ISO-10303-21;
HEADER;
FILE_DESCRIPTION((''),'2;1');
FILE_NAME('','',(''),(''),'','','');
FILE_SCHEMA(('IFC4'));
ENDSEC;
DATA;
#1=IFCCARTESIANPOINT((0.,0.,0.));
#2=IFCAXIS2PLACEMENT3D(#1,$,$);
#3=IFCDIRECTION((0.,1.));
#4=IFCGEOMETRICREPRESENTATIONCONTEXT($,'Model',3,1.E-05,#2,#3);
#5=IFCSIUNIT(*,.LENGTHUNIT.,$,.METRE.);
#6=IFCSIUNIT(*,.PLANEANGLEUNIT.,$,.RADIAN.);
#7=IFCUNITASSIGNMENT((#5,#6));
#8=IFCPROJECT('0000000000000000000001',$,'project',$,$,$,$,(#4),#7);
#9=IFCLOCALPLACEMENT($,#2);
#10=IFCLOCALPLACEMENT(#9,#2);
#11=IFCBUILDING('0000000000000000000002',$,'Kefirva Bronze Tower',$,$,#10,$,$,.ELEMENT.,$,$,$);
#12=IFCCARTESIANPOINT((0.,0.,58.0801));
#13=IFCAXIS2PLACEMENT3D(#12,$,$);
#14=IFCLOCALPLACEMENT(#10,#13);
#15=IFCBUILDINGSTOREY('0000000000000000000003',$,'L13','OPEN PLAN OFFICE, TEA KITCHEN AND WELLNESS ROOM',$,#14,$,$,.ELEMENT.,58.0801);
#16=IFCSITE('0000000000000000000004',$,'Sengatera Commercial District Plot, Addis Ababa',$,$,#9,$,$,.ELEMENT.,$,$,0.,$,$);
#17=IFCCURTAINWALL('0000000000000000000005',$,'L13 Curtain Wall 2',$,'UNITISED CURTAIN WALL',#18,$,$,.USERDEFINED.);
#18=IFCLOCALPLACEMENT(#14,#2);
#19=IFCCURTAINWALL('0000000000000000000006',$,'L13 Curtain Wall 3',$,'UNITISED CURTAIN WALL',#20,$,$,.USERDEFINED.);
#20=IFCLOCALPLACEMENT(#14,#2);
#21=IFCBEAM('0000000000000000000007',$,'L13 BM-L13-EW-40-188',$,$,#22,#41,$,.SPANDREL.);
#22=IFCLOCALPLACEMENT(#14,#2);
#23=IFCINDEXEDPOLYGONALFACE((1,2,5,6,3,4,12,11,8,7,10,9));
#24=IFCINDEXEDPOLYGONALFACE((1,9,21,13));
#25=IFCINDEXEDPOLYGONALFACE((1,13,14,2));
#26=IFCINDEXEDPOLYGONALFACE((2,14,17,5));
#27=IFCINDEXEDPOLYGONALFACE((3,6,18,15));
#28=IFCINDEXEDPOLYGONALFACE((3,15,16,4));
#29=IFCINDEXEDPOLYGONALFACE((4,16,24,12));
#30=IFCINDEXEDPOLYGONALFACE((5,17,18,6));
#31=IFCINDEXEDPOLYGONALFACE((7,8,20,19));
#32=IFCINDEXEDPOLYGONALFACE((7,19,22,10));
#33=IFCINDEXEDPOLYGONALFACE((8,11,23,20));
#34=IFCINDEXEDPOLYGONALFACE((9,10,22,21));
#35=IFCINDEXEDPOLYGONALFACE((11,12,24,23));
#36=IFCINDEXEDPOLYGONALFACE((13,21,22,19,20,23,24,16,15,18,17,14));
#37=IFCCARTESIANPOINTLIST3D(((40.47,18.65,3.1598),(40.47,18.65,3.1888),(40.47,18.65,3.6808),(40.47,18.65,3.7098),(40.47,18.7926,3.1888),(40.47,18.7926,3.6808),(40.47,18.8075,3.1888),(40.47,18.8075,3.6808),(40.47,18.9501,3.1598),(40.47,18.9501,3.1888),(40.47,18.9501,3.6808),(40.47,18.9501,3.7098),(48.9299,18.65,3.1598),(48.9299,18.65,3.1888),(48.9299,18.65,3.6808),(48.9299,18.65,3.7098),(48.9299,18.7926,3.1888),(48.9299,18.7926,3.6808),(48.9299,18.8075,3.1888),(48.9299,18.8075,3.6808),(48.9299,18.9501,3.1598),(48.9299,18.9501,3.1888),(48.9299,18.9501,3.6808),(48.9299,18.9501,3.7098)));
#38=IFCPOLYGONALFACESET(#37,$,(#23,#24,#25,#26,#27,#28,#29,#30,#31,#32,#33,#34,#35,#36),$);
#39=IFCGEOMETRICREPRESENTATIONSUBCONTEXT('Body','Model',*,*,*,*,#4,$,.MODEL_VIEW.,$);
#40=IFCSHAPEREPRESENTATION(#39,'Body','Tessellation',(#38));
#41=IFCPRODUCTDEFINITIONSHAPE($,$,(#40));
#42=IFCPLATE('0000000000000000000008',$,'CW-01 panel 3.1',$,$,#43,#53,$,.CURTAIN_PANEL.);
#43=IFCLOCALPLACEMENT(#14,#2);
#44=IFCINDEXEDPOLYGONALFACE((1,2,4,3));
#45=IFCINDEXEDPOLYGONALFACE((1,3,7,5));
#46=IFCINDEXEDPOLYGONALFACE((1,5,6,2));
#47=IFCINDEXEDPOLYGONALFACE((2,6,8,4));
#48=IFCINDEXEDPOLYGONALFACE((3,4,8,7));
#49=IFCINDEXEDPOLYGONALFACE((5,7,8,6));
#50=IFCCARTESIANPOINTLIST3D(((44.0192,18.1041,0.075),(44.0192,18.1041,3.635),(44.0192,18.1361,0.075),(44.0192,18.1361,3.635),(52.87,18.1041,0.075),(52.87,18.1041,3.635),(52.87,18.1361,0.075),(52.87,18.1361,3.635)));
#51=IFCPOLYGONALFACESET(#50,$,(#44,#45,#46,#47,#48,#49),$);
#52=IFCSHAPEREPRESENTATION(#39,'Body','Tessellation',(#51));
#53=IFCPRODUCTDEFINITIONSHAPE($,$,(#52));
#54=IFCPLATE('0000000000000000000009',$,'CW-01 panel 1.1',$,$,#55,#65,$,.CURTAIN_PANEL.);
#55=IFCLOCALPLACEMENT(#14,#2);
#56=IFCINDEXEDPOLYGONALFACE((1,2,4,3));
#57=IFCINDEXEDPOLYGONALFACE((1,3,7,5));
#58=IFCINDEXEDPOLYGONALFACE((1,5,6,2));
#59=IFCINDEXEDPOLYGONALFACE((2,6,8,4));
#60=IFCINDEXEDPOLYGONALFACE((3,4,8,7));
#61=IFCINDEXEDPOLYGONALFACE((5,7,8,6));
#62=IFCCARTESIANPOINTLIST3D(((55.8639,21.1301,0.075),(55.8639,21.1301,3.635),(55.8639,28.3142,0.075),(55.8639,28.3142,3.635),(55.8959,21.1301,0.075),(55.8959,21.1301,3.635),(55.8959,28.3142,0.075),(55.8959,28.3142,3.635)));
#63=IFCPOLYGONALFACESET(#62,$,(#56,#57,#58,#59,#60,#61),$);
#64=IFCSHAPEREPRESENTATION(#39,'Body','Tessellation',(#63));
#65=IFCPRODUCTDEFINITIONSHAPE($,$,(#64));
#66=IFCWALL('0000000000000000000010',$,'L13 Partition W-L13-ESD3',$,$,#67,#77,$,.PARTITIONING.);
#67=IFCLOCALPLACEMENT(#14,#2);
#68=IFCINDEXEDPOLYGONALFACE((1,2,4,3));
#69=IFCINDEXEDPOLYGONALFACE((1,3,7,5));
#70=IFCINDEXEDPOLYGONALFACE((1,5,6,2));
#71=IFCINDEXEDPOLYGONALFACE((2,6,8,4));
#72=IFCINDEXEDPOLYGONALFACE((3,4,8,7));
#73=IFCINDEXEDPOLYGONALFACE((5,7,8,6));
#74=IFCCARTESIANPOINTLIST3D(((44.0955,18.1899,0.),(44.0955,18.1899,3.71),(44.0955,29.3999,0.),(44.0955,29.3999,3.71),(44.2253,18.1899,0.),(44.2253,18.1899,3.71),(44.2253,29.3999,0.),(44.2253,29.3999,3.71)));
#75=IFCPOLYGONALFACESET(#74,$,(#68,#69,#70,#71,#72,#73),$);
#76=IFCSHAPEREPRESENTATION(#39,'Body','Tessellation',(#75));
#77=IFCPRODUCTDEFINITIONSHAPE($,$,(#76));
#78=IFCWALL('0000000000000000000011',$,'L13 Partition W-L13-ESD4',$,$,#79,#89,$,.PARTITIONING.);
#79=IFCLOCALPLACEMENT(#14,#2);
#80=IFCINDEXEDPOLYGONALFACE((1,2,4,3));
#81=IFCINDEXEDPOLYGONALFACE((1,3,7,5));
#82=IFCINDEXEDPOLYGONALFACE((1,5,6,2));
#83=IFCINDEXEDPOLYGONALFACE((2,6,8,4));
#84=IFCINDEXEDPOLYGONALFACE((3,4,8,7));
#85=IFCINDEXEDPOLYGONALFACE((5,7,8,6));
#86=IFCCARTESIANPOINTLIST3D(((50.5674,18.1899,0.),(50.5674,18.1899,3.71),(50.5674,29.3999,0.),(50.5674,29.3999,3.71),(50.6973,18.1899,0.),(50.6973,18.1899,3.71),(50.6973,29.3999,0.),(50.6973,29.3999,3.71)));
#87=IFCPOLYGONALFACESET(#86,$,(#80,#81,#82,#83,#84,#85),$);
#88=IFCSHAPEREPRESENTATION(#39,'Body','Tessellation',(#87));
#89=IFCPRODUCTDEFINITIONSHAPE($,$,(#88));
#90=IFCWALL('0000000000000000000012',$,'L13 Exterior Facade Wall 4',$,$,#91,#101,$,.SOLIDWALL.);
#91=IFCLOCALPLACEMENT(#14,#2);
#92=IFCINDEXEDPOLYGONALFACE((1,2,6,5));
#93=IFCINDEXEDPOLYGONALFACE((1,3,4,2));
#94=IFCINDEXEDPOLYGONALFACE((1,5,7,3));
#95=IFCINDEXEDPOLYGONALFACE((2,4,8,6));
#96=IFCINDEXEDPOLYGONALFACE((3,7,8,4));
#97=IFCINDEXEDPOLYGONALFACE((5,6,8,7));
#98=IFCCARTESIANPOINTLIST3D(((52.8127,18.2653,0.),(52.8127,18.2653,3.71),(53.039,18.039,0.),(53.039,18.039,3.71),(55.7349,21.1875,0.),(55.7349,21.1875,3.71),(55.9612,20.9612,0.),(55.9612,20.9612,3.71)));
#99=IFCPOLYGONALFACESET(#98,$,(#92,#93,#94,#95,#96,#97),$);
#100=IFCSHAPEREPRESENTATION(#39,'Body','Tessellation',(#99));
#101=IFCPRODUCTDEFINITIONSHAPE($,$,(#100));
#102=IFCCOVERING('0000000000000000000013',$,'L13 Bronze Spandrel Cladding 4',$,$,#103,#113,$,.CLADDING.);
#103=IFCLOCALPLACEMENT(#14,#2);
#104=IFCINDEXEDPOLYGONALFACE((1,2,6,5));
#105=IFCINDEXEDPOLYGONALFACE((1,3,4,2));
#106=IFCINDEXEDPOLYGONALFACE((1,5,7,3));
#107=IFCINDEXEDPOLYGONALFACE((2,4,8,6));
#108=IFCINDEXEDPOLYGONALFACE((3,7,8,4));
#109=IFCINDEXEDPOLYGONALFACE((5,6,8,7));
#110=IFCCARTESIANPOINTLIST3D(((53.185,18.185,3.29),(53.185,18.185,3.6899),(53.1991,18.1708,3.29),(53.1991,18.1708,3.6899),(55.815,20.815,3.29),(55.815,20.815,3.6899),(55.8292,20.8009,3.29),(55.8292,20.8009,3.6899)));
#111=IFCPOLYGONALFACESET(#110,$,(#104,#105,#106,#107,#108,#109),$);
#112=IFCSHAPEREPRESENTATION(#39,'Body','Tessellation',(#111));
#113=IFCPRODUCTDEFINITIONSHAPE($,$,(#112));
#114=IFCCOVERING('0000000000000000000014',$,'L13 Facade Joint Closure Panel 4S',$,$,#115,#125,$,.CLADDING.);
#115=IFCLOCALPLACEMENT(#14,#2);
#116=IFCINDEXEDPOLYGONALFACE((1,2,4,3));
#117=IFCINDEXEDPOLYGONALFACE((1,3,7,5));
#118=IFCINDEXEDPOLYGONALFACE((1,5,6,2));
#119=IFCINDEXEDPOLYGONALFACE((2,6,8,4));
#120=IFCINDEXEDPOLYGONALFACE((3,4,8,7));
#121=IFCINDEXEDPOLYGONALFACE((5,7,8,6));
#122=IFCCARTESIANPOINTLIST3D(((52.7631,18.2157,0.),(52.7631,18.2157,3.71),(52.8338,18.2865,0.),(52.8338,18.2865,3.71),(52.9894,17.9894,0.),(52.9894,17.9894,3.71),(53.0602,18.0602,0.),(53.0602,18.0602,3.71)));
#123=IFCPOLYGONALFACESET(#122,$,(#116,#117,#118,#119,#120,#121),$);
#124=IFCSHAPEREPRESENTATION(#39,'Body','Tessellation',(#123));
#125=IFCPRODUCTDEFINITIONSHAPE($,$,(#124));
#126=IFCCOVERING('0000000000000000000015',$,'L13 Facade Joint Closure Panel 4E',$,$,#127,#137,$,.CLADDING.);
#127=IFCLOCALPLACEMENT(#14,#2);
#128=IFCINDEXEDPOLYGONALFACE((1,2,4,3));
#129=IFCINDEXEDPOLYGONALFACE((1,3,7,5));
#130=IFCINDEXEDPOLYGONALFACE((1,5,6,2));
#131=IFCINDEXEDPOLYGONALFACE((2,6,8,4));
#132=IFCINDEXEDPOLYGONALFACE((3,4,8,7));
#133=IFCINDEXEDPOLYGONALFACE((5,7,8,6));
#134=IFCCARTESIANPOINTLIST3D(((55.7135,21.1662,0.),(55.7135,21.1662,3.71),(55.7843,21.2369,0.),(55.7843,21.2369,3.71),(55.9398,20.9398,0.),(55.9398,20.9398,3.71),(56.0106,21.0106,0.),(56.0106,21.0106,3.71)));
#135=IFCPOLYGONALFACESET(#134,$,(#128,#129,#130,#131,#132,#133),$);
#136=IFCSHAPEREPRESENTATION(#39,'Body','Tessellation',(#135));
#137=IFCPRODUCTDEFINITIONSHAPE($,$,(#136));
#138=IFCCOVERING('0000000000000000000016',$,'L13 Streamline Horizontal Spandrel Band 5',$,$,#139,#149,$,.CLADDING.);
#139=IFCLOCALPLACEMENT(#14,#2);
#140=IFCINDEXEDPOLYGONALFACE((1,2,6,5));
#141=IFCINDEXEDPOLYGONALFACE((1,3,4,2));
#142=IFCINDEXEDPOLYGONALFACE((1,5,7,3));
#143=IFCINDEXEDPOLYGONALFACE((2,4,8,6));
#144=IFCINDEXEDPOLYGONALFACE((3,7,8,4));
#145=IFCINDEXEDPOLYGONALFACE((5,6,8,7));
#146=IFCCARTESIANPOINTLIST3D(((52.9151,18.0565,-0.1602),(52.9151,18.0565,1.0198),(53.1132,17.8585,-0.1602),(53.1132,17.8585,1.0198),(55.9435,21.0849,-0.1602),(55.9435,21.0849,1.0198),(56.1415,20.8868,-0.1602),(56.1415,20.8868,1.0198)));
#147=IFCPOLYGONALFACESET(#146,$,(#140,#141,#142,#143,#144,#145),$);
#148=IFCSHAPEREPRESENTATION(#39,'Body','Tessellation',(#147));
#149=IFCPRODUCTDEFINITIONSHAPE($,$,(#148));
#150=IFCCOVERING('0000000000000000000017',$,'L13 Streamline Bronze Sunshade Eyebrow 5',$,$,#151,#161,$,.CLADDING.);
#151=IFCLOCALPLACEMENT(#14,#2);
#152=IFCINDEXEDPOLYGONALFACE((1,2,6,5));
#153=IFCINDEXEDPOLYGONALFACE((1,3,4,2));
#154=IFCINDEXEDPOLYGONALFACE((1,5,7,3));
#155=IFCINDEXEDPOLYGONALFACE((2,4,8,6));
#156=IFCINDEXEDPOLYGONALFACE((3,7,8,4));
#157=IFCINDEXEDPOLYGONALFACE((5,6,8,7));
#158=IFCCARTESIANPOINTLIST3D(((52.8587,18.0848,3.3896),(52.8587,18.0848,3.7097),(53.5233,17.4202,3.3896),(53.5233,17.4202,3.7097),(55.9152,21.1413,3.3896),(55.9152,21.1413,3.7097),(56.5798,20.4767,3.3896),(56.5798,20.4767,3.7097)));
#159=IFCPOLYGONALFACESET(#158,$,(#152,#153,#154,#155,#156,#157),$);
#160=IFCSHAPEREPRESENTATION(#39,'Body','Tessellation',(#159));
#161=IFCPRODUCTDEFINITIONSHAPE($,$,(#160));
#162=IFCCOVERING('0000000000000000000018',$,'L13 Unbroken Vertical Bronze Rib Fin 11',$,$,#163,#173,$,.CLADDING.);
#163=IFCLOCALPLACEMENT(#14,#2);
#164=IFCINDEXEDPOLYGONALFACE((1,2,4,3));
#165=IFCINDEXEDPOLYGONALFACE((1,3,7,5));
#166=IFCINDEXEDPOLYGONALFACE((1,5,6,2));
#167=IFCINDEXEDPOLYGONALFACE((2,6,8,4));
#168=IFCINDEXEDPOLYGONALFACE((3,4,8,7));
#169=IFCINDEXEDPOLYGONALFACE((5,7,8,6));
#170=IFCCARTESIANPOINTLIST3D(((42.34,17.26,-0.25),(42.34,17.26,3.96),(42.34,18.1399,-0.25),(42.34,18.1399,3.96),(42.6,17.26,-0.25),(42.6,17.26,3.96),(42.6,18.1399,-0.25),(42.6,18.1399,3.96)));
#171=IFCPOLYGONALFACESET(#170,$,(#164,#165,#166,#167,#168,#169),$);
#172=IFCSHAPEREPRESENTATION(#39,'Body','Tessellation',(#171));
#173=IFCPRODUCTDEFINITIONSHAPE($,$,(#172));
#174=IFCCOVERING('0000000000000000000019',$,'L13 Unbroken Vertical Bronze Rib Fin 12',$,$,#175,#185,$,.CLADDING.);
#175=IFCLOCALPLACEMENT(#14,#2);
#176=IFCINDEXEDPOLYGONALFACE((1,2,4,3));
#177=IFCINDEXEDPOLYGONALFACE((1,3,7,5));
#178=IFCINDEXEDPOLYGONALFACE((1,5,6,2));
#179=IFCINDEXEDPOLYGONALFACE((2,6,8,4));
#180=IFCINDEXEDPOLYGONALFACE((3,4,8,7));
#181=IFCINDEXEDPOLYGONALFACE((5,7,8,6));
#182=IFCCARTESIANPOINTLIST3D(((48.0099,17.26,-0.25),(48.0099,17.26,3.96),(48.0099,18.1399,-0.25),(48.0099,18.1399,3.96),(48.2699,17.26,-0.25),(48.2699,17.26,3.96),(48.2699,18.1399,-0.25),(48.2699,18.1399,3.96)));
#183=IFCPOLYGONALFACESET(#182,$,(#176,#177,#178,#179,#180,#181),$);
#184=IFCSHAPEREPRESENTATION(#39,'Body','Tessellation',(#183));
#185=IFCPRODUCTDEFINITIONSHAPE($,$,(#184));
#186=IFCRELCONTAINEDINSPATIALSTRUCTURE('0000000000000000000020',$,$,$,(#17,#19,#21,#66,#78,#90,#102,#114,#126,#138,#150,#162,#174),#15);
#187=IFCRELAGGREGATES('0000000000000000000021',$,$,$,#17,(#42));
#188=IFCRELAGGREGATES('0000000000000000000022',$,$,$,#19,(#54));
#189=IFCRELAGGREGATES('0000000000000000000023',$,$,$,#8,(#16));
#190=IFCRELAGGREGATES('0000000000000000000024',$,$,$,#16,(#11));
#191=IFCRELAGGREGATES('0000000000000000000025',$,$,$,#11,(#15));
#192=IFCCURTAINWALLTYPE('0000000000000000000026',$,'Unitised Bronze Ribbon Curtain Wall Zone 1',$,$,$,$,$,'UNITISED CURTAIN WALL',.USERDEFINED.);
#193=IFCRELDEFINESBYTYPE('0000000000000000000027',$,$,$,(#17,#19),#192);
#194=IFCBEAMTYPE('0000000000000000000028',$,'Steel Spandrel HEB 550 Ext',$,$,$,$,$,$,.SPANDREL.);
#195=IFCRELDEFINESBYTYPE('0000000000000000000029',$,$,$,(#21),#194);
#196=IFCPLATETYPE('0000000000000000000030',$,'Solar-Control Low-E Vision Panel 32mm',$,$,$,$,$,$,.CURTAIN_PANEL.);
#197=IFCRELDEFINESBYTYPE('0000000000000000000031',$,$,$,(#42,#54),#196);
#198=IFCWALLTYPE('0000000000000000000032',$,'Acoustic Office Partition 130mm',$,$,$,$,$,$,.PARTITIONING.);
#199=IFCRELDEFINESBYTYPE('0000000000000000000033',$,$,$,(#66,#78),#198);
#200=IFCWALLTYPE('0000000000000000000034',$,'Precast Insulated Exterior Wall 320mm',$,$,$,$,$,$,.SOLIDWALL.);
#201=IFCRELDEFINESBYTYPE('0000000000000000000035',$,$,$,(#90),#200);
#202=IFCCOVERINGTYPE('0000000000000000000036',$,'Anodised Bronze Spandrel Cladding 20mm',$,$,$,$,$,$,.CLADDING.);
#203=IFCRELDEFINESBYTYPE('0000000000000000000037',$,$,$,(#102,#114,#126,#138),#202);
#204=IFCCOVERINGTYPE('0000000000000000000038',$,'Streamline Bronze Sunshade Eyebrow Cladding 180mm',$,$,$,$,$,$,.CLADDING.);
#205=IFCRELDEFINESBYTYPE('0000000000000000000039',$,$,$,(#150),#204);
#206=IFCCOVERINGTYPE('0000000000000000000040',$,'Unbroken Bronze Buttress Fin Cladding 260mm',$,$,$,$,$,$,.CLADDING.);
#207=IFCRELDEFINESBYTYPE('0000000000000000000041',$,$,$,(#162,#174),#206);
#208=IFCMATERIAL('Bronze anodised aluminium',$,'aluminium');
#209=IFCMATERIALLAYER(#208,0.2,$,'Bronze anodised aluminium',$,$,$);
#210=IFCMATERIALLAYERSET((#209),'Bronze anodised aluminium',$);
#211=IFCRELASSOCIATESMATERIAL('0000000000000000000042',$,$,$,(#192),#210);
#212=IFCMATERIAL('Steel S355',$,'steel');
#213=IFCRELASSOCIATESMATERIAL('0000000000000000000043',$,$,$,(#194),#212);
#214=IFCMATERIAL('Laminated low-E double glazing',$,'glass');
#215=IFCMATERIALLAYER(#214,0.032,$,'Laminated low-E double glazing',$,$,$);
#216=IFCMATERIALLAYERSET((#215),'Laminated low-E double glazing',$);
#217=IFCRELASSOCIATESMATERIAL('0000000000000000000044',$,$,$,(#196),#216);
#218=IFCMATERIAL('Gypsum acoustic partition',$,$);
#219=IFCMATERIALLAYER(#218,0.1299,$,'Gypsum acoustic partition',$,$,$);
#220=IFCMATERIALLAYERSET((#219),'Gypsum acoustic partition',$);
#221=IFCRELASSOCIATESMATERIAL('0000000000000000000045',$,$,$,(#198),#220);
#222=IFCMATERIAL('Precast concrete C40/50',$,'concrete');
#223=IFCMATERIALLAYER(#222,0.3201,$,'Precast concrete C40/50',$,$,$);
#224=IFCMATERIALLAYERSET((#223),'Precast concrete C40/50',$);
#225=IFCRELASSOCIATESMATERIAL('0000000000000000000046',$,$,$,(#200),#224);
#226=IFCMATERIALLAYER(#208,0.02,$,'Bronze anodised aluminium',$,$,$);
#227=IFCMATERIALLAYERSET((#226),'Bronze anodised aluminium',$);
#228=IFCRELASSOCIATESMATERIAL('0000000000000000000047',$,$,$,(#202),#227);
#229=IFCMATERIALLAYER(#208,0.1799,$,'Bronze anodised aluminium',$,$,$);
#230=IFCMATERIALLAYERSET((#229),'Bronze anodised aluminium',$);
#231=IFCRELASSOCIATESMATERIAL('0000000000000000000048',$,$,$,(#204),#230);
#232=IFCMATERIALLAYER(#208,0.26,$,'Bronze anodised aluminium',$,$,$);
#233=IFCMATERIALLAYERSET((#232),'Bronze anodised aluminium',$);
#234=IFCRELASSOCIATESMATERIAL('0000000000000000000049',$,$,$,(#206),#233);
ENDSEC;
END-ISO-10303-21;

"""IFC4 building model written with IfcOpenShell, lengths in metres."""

from ifc_helpers import new_model, si_unit, direction, frame, frame_2d, origin, origin_2d, place, context, subcontext, project, spatial, rectangle, i_section, extrude, material, layer, layer_set, material_profile, profile_set, type_object, element, aggregate, save


model = new_model("IFC4")

# Units and contexts
model_context = context("Model", 3, precision=1e-05, world=origin(), true_north=direction((0.0, 1.0)))
body_context = subcontext(model_context, "Body", "Model", "MODEL_VIEW")
ifc_project = project(units=[si_unit("LENGTHUNIT", "METRE"), si_unit("PLANEANGLEUNIT", "RADIAN")], contexts=[model_context])

# Site, building, storey
site_placement = place(None, origin())
site = spatial("IfcSite", under=ifc_project, at=site_placement, Name="Sengatera Commercial District Plot, Addis Ababa", CompositionType="ELEMENT", RefElevation=0.0)
building_placement = place(site_placement, origin())
building = spatial("IfcBuilding", under=site, at=building_placement, Name="Kefirva Bronze Tower", CompositionType="ELEMENT")
storey_placement = place(building_placement, frame((0.0, 0.0, 58.0801)))
storey = spatial("IfcBuildingStorey", under=building, at=storey_placement, Name="L13", Description="OPEN PLAN OFFICE, TEA KITCHEN AND WELLNESS ROOM", CompositionType="ELEMENT", Elevation=58.0801)

# Curtain wall
ifc_material_1 = material(Name="Bronze anodised aluminium", Category="aluminium")
ifc_layer_1 = layer(ifc_material_1, 0.2, Name="Bronze anodised aluminium")
ifc_layer_set_1 = layer_set([ifc_layer_1], Name="Bronze anodised aluminium")
curtain_wall_type = type_object("IfcCurtainWallType", Name="Unitised Bronze Ribbon Curtain Wall Zone 1", ElementType="UNITISED CURTAIN WALL", PredefinedType="USERDEFINED", material=ifc_layer_set_1)
curtain_wall_1_placement = place(storey_placement, origin())
curtain_wall_1 = element("IfcCurtainWall", 1, at=curtain_wall_1_placement, inside=storey, type_object=curtain_wall_type, Name="L13 Curtain Wall 2", ObjectType="UNITISED CURTAIN WALL", PredefinedType="USERDEFINED")

# Curtain wall
curtain_wall_2_placement = place(storey_placement, origin())
curtain_wall_2 = element("IfcCurtainWall", 2, at=curtain_wall_2_placement, inside=storey, type_object=curtain_wall_type, Name="L13 Curtain Wall 3", ObjectType="UNITISED CURTAIN WALL", PredefinedType="USERDEFINED")

# Beam
ifc_material_2 = material(Name="Steel S355", Category="steel")
ifc_material_profile_1 = material_profile(ifc_material_2, i_section(OverallWidth=0.3, OverallDepth=0.55, WebThickness=0.0149, FlangeThickness=0.0291, at=origin_2d()), Name="HEB 550")
ifc_profile_set_1 = profile_set([ifc_material_profile_1], Name="Steel S355")
beam_type_1 = type_object("IfcBeamType", Name="Steel Spandrel HEB 550 Ext", PredefinedType="SPANDREL", material=ifc_profile_set_1)
beam_1_placement = place(storey_placement, frame((40.47, 18.8, 3.4348), z_axis=(1.0, 0.0, 0.0), x_axis=(0.0, 1.0, 0.0)))
element("IfcBeam", 3, at=beam_1_placement, inside=storey, type_object=beam_type_1, Name="L13 BM-L13-EW-40-188", PredefinedType="SPANDREL", context=body_context, shape_type="SweptSolid", body=[
    extrude(i_section(OverallWidth=0.3, OverallDepth=0.55, WebThickness=0.0149, FlangeThickness=0.0291, at=origin_2d()), origin(), (0.0, 0.0, 1.0), 8.46),
])

# Plates
ifc_material_3 = material(Name="Laminated low-E double glazing", Category="glass")
ifc_layer_2 = layer(ifc_material_3, 0.032, Name="Laminated low-E double glazing")
ifc_layer_set_2 = layer_set([ifc_layer_2], Name="Laminated low-E double glazing")
plate_type = type_object("IfcPlateType", Name="Solar-Control Low-E Vision Panel 32mm", PredefinedType="CURTAIN_PANEL", material=ifc_layer_set_2)
plate_1_placement = place(storey_placement, frame((48.4446, 18.1201, 0.075), z_axis=(0.0, 0.0, 1.0), x_axis=(1.0, 0.0, 0.0)))
plate_1 = element("IfcPlate", 4, at=plate_1_placement, type_object=plate_type, Name="CW-01 panel 3.1", PredefinedType="CURTAIN_PANEL", context=body_context, shape_type="SweptSolid", body=[
    extrude(rectangle(XDim=8.8508, YDim=0.032, at=origin_2d()), origin(), (0.0, 0.0, 1.0), 3.5601),
])
aggregate(curtain_wall_1, [plate_1])
plate_2_placement = place(storey_placement, frame((55.8799, 24.7222, 0.075), z_axis=(0.0, 0.0, 1.0), x_axis=(0.0, 1.0, 0.0)))
plate_2 = element("IfcPlate", 5, at=plate_2_placement, type_object=plate_type, Name="CW-01 panel 1.1", PredefinedType="CURTAIN_PANEL", context=body_context, shape_type="SweptSolid", body=[
    extrude(rectangle(XDim=7.1841, YDim=0.032, at=origin_2d()), origin(), (0.0, 0.0, 1.0), 3.5601),
])
aggregate(curtain_wall_2, [plate_2])

# Walls
ifc_material_4 = material(Name="Gypsum acoustic partition")
ifc_layer_3 = layer(ifc_material_4, 0.1299, Name="Gypsum acoustic partition")
ifc_layer_set_3 = layer_set([ifc_layer_3], Name="Gypsum acoustic partition")
wall_type_1 = type_object("IfcWallType", Name="Acoustic Office Partition 130mm", PredefinedType="PARTITIONING", material=ifc_layer_set_3)
for number, where, z_axis, x_axis, name in (
    (6, (44.1604, 18.1899, 0.0), (0.0, 0.0, 1.0), (0.0, 1.0, 0.0), "L13 Partition W-L13-ESD3"),
    (7, (50.6323, 18.1899, 0.0), (0.0, 0.0, 1.0), (0.0, 1.0, 0.0), "L13 Partition W-L13-ESD4"),
):
    element("IfcWall", number, at=place(storey_placement, frame(where, z_axis=z_axis, x_axis=x_axis)), inside=storey, type_object=wall_type_1, Name=name, PredefinedType="PARTITIONING", context=body_context, shape_type="SweptSolid", body=[
        extrude(rectangle(XDim=11.21, YDim=0.1299, at=frame_2d((5.605, 0.0))), origin(), (0.0, 0.0, 1.0), 3.71),
    ])
ifc_material_5 = material(Name="Precast concrete C40/50", Category="concrete")
ifc_layer_4 = layer(ifc_material_5, 0.3201, Name="Precast concrete C40/50")
ifc_layer_set_4 = layer_set([ifc_layer_4], Name="Precast concrete C40/50")
wall_type_2 = type_object("IfcWallType", Name="Precast Insulated Exterior Wall 320mm", PredefinedType="SOLIDWALL", material=ifc_layer_set_4)
wall_placement = place(storey_placement, frame((52.9258, 18.1521, 0.0), z_axis=(0.0, 0.0, 1.0), x_axis=(0.707107, 0.707107, 0.0)))
element("IfcWall", 8, at=wall_placement, inside=storey, type_object=wall_type_2, Name="L13 Exterior Facade Wall 4", PredefinedType="SOLIDWALL", context=body_context, shape_type="SweptSolid", body=[
    extrude(rectangle(XDim=4.1326, YDim=0.3201, at=frame_2d((2.0664, 0.0))), origin(), (0.0, 0.0, 1.0), 3.71),
])

# Coverings
ifc_layer_5 = layer(ifc_material_1, 0.02, Name="Bronze anodised aluminium")
ifc_layer_set_5 = layer_set([ifc_layer_5], Name="Bronze anodised aluminium")
covering_type_1 = type_object("IfcCoveringType", Name="Anodised Bronze Spandrel Cladding 20mm", PredefinedType="CLADDING", material=ifc_layer_set_5)
covering_1_placement = place(storey_placement, frame((54.5071, 19.4929, 3.29), z_axis=(0.0, 0.0, 1.0), x_axis=(0.707107, 0.707107, 0.0)))
element("IfcCovering", 9, at=covering_1_placement, inside=storey, type_object=covering_type_1, Name="L13 Bronze Spandrel Cladding 4", PredefinedType="CLADDING", context=body_context, shape_type="SweptSolid", body=[
    extrude(rectangle(XDim=3.7195, YDim=0.02, at=origin_2d()), origin(), (0.0, 0.0, 1.0), 0.3999),
])
for number, where, z_axis, x_axis, name in (
    (10, (52.9116, 18.1379, 0.0), (0.0, 0.0, 1.0), (0.707107, 0.707107, 0.0), "L13 Facade Joint Closure Panel 4S"),
    (11, (55.8621, 21.0884, 0.0), (0.0, 0.0, 1.0), (0.707107, 0.707107, 0.0), "L13 Facade Joint Closure Panel 4E"),
):
    element("IfcCovering", number, at=place(storey_placement, frame(where, z_axis=z_axis, x_axis=x_axis)), inside=storey, type_object=covering_type_1, Name=name, PredefinedType="CLADDING", context=body_context, shape_type="SweptSolid", body=[
        extrude(rectangle(XDim=0.1001, YDim=0.3201, at=origin_2d()), origin(), (0.0, 0.0, 1.0), 3.71),
    ])
covering_2_placement = place(storey_placement, frame((54.5283, 19.4717, -0.1602), z_axis=(0.0, 0.0, 1.0), x_axis=(0.707107, 0.707107, 0.0)))
element("IfcCovering", 12, at=covering_2_placement, inside=storey, type_object=covering_type_1, Name="L13 Streamline Horizontal Spandrel Band 5", PredefinedType="CLADDING", context=body_context, shape_type="SweptSolid", body=[
    extrude(rectangle(XDim=4.2827, YDim=0.28, at=origin_2d()), origin(), (0.0, 0.0, 1.0), 1.1799),
])
ifc_layer_6 = layer(ifc_material_1, 0.1799, Name="Bronze anodised aluminium")
ifc_layer_set_6 = layer_set([ifc_layer_6], Name="Bronze anodised aluminium")
covering_type_2 = type_object("IfcCoveringType", Name="Streamline Bronze Sunshade Eyebrow Cladding 180mm", PredefinedType="CLADDING", material=ifc_layer_set_6)
covering_3_placement = place(storey_placement, frame((54.7192, 19.2808, 3.3896), z_axis=(0.0, 0.0, 1.0), x_axis=(0.707107, 0.707107, 0.0)))
element("IfcCovering", 13, at=covering_3_placement, inside=storey, type_object=covering_type_2, Name="L13 Streamline Bronze Sunshade Eyebrow 5", PredefinedType="CLADDING", context=body_context, shape_type="SweptSolid", body=[
    extrude(rectangle(XDim=4.3225, YDim=0.9399, at=origin_2d()), origin(), (0.0, 0.0, 1.0), 0.3201),
])
ifc_layer_7 = layer(ifc_material_1, 0.26, Name="Bronze anodised aluminium")
ifc_layer_set_7 = layer_set([ifc_layer_7], Name="Bronze anodised aluminium")
covering_type_3 = type_object("IfcCoveringType", Name="Unbroken Bronze Buttress Fin Cladding 260mm", PredefinedType="CLADDING", material=ifc_layer_set_7)
for number, where, z_axis, x_axis, name in (
    (14, (42.47, 17.7, -0.25), (0.0, 0.0, 1.0), (1.0, 0.0, 0.0), "L13 Unbroken Vertical Bronze Rib Fin 11"),
    (15, (48.1399, 17.7, -0.25), (0.0, 0.0, 1.0), (1.0, 0.0, 0.0), "L13 Unbroken Vertical Bronze Rib Fin 12"),
):
    element("IfcCovering", number, at=place(storey_placement, frame(where, z_axis=z_axis, x_axis=x_axis)), inside=storey, type_object=covering_type_3, Name=name, PredefinedType="CLADDING", context=body_context, shape_type="SweptSolid", body=[
        extrude(rectangle(XDim=0.26, YDim=0.8799, at=origin_2d()), origin(), (0.0, 0.0, 1.0), 4.21),
    ])

save(model, "model.ifc")
